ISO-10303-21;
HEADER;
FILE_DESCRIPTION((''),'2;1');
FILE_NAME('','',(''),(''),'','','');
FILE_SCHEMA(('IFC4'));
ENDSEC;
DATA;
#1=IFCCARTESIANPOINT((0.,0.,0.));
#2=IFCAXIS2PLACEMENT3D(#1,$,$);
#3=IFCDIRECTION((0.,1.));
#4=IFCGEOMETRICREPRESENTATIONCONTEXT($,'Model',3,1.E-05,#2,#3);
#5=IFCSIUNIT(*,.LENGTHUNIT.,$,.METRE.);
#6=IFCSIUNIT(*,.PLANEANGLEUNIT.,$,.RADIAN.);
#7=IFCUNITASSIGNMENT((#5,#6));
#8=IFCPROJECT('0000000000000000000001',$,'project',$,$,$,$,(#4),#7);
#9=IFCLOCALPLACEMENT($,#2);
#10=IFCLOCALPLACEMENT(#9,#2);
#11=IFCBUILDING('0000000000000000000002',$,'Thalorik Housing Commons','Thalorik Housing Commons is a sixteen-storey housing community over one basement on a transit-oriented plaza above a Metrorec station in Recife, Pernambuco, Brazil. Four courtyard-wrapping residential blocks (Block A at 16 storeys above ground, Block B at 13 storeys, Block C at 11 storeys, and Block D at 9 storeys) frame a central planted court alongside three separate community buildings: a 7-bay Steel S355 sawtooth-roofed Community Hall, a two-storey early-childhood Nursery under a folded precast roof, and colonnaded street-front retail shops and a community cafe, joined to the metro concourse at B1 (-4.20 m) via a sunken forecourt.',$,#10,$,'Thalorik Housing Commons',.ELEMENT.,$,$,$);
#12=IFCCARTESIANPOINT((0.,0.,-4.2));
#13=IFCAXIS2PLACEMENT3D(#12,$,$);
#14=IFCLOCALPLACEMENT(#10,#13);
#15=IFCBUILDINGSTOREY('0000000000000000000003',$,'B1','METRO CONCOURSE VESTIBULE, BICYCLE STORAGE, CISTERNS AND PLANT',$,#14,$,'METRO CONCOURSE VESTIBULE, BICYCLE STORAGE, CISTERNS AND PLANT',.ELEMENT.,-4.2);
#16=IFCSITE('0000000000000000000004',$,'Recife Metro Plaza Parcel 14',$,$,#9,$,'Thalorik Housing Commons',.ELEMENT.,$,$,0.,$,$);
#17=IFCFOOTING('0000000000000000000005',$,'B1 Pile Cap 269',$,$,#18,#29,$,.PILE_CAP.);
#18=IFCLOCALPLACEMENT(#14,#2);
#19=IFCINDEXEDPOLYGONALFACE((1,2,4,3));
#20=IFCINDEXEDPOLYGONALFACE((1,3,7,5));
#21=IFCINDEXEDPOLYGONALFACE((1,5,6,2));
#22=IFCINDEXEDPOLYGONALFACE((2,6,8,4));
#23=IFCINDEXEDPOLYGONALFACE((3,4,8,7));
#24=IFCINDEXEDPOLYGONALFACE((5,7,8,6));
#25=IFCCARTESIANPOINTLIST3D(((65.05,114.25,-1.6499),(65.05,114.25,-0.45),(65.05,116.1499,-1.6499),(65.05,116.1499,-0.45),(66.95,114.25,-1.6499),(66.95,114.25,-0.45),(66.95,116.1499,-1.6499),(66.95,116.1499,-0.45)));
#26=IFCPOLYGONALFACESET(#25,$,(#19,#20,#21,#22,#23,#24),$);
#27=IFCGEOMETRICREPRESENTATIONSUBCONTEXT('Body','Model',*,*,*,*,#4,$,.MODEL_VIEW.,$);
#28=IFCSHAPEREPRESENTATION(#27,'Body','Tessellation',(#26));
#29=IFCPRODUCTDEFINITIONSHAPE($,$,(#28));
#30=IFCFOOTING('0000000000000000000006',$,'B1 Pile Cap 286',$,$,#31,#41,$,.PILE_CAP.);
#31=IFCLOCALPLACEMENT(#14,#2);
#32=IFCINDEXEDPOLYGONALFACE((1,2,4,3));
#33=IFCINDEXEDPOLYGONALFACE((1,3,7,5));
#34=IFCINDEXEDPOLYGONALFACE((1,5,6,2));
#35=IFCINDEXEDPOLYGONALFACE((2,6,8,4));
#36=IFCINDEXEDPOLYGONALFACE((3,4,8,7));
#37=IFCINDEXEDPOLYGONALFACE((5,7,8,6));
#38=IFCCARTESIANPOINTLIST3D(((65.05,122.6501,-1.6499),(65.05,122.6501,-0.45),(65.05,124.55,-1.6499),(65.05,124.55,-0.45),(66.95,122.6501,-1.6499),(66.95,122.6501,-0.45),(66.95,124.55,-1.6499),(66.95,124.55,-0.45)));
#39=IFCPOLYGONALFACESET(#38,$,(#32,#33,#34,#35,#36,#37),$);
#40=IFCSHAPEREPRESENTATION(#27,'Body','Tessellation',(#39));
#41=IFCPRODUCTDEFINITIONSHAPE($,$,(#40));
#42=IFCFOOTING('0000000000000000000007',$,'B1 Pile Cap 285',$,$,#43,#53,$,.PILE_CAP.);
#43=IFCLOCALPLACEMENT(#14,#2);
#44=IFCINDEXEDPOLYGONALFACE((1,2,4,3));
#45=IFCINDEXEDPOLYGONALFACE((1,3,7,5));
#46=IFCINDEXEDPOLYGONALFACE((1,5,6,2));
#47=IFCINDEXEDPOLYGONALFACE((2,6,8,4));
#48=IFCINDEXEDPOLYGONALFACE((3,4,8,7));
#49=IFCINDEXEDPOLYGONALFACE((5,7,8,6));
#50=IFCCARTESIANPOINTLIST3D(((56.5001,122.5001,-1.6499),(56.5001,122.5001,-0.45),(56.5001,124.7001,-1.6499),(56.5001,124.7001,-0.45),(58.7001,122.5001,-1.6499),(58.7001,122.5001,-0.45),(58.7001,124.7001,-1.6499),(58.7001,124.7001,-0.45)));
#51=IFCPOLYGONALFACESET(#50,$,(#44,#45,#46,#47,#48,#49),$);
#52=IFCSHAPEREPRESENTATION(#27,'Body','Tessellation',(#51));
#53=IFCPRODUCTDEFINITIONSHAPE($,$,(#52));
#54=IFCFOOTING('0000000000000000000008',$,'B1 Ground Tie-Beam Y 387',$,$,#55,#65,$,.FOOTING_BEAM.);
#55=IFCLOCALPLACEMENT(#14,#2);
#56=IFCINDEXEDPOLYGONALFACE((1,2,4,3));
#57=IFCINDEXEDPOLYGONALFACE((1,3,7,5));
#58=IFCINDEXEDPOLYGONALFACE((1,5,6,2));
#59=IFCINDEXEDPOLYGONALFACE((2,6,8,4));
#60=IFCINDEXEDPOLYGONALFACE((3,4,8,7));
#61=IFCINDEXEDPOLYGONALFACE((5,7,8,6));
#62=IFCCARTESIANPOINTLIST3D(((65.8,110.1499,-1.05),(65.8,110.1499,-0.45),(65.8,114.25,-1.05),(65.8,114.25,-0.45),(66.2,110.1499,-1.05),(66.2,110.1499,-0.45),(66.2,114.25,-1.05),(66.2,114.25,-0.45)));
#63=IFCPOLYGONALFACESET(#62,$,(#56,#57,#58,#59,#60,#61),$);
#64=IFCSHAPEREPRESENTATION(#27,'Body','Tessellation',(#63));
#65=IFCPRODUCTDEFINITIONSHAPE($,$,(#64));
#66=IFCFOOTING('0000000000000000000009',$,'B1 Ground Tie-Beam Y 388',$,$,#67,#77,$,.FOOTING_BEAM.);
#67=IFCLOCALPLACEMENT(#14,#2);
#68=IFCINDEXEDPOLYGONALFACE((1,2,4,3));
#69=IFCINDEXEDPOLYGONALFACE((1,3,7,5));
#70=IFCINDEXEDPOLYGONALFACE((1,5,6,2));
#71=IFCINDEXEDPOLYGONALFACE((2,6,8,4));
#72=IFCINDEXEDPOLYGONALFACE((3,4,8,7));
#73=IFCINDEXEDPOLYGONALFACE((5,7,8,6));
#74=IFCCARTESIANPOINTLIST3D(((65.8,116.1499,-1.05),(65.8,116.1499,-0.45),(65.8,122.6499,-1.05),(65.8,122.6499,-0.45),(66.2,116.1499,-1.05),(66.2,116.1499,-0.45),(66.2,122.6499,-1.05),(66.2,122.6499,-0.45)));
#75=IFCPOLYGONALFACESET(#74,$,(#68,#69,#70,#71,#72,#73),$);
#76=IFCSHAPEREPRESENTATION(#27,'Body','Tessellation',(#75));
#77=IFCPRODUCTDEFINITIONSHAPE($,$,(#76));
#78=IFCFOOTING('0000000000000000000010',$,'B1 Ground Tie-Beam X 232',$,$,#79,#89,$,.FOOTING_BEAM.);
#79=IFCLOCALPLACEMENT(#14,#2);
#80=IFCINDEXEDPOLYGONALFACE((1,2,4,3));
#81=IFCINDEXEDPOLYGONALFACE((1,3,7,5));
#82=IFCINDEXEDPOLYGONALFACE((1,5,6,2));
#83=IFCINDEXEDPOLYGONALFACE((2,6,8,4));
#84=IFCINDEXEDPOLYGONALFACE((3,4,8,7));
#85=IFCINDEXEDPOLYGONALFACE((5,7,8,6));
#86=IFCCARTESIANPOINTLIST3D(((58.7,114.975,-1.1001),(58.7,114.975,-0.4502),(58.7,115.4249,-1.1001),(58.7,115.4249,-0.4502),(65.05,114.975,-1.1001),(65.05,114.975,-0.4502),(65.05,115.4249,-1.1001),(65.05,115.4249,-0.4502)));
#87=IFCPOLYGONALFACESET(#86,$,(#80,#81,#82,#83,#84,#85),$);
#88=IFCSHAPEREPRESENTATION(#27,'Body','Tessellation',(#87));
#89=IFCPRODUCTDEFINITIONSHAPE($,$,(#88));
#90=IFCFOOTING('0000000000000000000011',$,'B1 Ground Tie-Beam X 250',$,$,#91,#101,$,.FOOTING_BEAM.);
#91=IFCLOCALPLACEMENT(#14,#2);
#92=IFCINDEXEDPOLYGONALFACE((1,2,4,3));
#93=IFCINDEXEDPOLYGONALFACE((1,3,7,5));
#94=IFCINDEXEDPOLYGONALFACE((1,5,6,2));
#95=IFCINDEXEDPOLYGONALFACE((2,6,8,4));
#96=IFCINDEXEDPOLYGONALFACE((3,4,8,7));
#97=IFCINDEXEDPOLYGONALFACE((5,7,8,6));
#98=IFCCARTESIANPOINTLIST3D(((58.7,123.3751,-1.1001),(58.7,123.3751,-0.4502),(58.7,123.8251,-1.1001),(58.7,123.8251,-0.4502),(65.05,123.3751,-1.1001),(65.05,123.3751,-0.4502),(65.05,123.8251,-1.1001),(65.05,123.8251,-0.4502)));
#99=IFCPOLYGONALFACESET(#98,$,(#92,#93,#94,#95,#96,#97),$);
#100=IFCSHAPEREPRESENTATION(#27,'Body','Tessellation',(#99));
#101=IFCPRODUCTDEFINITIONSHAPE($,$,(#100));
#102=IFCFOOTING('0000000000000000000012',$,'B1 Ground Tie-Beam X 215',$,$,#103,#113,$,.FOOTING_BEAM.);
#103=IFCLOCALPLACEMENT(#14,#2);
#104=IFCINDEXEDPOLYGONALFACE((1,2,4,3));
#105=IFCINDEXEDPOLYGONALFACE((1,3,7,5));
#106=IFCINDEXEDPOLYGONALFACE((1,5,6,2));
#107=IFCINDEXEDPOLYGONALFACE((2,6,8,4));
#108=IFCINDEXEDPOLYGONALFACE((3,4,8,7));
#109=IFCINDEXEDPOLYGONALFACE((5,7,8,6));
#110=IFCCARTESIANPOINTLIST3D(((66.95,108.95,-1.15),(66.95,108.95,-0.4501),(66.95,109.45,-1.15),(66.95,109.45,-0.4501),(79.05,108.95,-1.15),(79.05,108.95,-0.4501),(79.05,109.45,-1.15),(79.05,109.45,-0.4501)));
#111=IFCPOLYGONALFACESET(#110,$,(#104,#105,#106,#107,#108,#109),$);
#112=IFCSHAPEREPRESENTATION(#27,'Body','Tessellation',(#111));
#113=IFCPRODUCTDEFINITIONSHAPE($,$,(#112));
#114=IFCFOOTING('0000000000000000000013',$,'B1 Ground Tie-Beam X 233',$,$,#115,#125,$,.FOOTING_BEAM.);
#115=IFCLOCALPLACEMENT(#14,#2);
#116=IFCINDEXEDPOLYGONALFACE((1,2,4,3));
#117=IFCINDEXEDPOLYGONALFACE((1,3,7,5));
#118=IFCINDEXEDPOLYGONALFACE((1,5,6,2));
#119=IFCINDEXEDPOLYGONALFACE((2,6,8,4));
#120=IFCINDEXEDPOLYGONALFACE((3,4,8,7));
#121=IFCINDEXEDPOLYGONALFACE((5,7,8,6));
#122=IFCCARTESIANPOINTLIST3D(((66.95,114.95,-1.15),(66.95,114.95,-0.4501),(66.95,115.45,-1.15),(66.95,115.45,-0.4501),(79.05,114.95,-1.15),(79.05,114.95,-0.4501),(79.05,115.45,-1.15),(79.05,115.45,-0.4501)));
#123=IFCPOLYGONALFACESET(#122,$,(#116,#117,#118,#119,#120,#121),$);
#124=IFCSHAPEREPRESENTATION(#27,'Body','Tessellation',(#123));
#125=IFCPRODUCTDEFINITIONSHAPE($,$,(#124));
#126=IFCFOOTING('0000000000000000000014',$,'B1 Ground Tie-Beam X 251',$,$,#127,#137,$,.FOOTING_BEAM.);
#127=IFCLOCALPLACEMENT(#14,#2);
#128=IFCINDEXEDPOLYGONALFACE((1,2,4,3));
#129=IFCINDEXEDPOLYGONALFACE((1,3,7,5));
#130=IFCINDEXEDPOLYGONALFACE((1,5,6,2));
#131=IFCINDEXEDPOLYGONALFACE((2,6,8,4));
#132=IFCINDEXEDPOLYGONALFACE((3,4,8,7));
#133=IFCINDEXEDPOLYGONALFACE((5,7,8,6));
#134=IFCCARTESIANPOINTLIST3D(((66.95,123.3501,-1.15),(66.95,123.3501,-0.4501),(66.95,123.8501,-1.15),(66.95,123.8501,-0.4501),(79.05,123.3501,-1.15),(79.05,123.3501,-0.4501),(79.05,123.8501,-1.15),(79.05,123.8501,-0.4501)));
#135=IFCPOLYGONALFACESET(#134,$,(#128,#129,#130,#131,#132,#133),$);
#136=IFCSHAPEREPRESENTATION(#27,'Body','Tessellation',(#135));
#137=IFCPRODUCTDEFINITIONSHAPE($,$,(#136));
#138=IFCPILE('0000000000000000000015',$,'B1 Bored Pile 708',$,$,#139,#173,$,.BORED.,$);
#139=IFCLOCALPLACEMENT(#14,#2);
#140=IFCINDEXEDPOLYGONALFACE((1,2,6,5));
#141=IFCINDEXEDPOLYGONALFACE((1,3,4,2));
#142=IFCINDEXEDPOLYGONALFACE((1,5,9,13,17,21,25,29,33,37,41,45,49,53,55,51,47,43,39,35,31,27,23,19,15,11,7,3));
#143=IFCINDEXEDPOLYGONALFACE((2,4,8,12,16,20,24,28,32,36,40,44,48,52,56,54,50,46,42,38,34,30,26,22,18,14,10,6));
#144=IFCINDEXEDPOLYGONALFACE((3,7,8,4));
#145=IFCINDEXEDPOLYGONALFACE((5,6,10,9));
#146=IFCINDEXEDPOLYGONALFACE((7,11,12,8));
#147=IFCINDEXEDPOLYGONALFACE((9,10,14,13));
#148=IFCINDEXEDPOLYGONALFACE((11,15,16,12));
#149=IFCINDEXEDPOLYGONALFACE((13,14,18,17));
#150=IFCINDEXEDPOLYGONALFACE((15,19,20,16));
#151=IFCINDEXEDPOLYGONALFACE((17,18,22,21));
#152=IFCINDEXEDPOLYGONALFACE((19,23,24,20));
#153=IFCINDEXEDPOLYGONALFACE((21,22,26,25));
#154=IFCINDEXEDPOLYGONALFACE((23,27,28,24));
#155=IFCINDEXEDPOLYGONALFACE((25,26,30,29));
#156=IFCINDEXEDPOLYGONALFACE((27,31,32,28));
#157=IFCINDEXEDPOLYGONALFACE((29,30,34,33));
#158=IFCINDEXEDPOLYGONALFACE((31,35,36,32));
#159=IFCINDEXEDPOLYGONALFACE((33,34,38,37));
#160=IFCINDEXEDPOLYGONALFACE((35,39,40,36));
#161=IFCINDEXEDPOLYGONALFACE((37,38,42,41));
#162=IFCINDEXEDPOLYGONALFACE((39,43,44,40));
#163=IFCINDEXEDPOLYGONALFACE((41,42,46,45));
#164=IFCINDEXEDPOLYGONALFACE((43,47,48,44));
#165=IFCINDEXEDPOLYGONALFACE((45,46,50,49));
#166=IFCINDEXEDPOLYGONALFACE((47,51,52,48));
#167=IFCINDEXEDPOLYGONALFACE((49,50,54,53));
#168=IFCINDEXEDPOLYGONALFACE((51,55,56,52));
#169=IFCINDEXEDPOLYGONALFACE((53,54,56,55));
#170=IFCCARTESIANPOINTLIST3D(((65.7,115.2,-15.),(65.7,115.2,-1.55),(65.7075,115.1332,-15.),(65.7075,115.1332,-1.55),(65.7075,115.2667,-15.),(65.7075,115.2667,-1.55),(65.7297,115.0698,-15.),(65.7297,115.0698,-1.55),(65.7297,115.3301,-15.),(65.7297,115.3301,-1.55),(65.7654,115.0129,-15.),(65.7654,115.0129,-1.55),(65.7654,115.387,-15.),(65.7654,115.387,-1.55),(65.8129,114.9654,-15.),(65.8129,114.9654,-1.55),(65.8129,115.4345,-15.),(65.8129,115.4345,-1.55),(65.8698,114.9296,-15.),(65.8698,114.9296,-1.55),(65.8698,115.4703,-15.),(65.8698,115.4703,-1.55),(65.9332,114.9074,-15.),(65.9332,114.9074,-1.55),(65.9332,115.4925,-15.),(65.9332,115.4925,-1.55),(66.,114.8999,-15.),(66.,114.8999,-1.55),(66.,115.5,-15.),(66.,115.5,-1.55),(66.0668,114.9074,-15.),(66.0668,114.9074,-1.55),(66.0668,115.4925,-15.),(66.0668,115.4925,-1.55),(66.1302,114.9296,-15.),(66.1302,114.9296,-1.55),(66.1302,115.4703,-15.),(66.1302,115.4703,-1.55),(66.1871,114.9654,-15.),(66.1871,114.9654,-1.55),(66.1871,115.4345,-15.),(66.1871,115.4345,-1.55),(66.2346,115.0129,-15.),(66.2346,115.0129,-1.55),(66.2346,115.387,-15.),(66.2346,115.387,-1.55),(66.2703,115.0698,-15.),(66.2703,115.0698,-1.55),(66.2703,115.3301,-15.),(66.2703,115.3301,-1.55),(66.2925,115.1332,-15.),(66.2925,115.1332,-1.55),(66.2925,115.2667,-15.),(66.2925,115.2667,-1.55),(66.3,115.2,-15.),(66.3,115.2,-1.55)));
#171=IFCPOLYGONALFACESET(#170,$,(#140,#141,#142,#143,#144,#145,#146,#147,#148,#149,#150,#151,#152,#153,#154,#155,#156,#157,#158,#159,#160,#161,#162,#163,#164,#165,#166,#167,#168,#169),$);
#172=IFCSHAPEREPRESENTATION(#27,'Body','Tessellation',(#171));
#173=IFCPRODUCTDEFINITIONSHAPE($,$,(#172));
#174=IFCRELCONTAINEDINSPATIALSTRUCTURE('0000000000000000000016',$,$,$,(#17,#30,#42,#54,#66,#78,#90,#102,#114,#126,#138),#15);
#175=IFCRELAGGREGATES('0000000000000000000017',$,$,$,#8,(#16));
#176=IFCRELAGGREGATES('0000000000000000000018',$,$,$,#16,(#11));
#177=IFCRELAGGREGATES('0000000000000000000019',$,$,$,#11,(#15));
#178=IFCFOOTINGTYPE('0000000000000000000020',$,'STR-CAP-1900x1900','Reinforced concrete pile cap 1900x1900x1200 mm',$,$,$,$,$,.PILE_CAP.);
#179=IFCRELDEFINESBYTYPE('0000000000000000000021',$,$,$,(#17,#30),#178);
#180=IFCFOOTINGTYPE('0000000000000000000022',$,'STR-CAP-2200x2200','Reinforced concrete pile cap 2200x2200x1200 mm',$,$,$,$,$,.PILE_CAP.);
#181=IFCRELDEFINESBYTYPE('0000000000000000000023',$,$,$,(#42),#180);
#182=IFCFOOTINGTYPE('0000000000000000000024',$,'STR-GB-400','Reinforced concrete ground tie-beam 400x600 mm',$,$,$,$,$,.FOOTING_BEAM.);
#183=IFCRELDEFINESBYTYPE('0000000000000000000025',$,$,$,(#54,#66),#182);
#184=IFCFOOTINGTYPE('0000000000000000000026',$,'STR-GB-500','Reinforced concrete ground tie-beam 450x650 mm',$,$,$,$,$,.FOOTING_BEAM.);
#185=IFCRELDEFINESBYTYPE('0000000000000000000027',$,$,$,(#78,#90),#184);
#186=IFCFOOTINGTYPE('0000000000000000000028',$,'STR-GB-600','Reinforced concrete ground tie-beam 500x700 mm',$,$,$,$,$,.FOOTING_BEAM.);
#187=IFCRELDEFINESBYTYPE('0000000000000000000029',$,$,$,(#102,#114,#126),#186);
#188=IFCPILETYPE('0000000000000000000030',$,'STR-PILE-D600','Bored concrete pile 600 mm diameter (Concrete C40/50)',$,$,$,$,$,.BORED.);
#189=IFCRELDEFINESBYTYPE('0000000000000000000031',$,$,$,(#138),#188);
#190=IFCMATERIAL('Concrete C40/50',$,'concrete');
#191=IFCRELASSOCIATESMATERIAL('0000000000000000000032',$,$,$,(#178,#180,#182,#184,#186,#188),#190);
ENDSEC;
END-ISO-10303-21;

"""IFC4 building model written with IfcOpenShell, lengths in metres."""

from ifc_helpers import new_model, si_unit, direction, frame, origin, origin_2d, place, context, subcontext, project, spatial, rectangle, circle, extrude, material, material_profile, profile_set, type_object, element, save


model = new_model("IFC4")

# Units and contexts
model_context = context("Model", 3, precision=1e-05, world=origin(), true_north=direction((0.0, 1.0)))
body_context = subcontext(model_context, "Body", "Model", "MODEL_VIEW")
ifc_project = project(units=[si_unit("LENGTHUNIT", "METRE"), si_unit("PLANEANGLEUNIT", "RADIAN")], contexts=[model_context])

# Site, building, storey
site_placement = place(None, origin())
site = spatial("IfcSite", under=ifc_project, at=site_placement, Name="Recife Metro Plaza Parcel 14", LongName="Thalorik Housing Commons", CompositionType="ELEMENT", RefElevation=0.0)
building_placement = place(site_placement, origin())
building = spatial("IfcBuilding", under=site, at=building_placement, Name="Thalorik Housing Commons", Description="Thalorik Housing Commons is a sixteen-storey housing community over one basement on a transit-oriented plaza above a Metrorec station in Recife, Pernambuco, Brazil. Four courtyard-wrapping residential blocks (Block A at 16 storeys above ground, Block B at 13 storeys, Block C at 11 storeys, and Block D at 9 storeys) frame a central planted court alongside three separate community buildings: a 7-bay Steel S355 sawtooth-roofed Community Hall, a two-storey early-childhood Nursery under a folded precast roof, and colonnaded street-front retail shops and a community cafe, joined to the metro concourse at B1 (-4.20 m) via a sunken forecourt.", LongName="Thalorik Housing Commons", CompositionType="ELEMENT")
storey_placement = place(building_placement, frame((0.0, 0.0, -4.2)))
storey = spatial("IfcBuildingStorey", under=building, at=storey_placement, Name="B1", Description="METRO CONCOURSE VESTIBULE, BICYCLE STORAGE, CISTERNS AND PLANT", LongName="METRO CONCOURSE VESTIBULE, BICYCLE STORAGE, CISTERNS AND PLANT", CompositionType="ELEMENT", Elevation=-4.2)

# Footings
ifc_material_1 = material(Name="Concrete C40/50", Category="concrete")
footing_type_1 = type_object("IfcFootingType", Name="STR-CAP-1900x1900", Description="Reinforced concrete pile cap 1900x1900x1200 mm", PredefinedType="PILE_CAP", material=ifc_material_1)
for number, where, z_axis, x_axis, name in (
    (1, (66.0, 115.2, -1.6499), (0.0, 0.0, 1.0), (1.0, 0.0, 0.0), "B1 Pile Cap 269"),
    (2, (66.0, 123.6001, -1.6499), (0.0, 0.0, 1.0), (1.0, 0.0, 0.0), "B1 Pile Cap 286"),
):
    element("IfcFooting", number, at=place(storey_placement, frame(where, z_axis=z_axis, x_axis=x_axis)), inside=storey, type_object=footing_type_1, Name=name, PredefinedType="PILE_CAP", context=body_context, shape_type="SweptSolid", body=[
        extrude(rectangle(XDim=1.8999, YDim=1.8999, at=origin_2d()), origin(), (0.0, 0.0, 1.0), 1.2),
    ])
footing_type_2 = type_object("IfcFootingType", Name="STR-CAP-2200x2200", Description="Reinforced concrete pile cap 2200x2200x1200 mm", PredefinedType="PILE_CAP", material=ifc_material_1)
footing_1_placement = place(storey_placement, frame((57.6001, 123.6001, -1.6499), z_axis=(0.0, 0.0, 1.0), x_axis=(1.0, 0.0, 0.0)))
element("IfcFooting", 3, at=footing_1_placement, inside=storey, type_object=footing_type_2, Name="B1 Pile Cap 285", PredefinedType="PILE_CAP", context=body_context, shape_type="SweptSolid", body=[
    extrude(rectangle(XDim=2.2, YDim=2.2, at=origin_2d()), origin(), (0.0, 0.0, 1.0), 1.2),
])
ifc_material_profile_1 = material_profile(ifc_material_1, rectangle(XDim=0.3999, YDim=0.6001, at=origin_2d()), Name="RC 400x600", Category="concrete")
ifc_profile_set_1 = profile_set([ifc_material_profile_1], Name="Concrete C40/50")
footing_type_3 = type_object("IfcFootingType", Name="STR-GB-400", Description="Reinforced concrete ground tie-beam 400x600 mm", PredefinedType="FOOTING_BEAM", material=ifc_profile_set_1)
footing_2_placement = place(storey_placement, frame((66.0, 110.1499, -0.75), z_axis=(0.0, 1.0, 0.0), x_axis=(-1.0, 0.0, 0.0)))
element("IfcFooting", 4, at=footing_2_placement, inside=storey, type_object=footing_type_3, Name="B1 Ground Tie-Beam Y 387", PredefinedType="FOOTING_BEAM", context=body_context, shape_type="SweptSolid", body=[
    extrude(rectangle(XDim=0.3999, YDim=0.6001, at=origin_2d()), origin(), (0.0, 0.0, 1.0), 4.1001),
])
footing_3_placement = place(storey_placement, frame((66.0, 116.1499, -0.75), z_axis=(0.0, 1.0, 0.0), x_axis=(-1.0, 0.0, 0.0)))
element("IfcFooting", 5, at=footing_3_placement, inside=storey, type_object=footing_type_3, Name="B1 Ground Tie-Beam Y 388", PredefinedType="FOOTING_BEAM", context=body_context, shape_type="SweptSolid", body=[
    extrude(rectangle(XDim=0.3999, YDim=0.6001, at=origin_2d()), origin(), (0.0, 0.0, 1.0), 6.5),
])
ifc_material_profile_2 = material_profile(ifc_material_1, rectangle(XDim=0.45, YDim=0.6499, at=origin_2d()), Name="RC 450x650", Category="concrete")
ifc_profile_set_2 = profile_set([ifc_material_profile_2], Name="Concrete C40/50")
footing_type_4 = type_object("IfcFootingType", Name="STR-GB-500", Description="Reinforced concrete ground tie-beam 450x650 mm", PredefinedType="FOOTING_BEAM", material=ifc_profile_set_2)
for number, where, z_axis, x_axis, name in (
    (6, (58.7, 115.2, -0.7751), (1.0, 0.0, 0.0), (0.0, 1.0, 0.0), "B1 Ground Tie-Beam X 232"),
    (7, (58.7, 123.6001, -0.7751), (1.0, 0.0, 0.0), (0.0, 1.0, 0.0), "B1 Ground Tie-Beam X 250"),
):
    element("IfcFooting", number, at=place(storey_placement, frame(where, z_axis=z_axis, x_axis=x_axis)), inside=storey, type_object=footing_type_4, Name=name, PredefinedType="FOOTING_BEAM", context=body_context, shape_type="SweptSolid", body=[
        extrude(rectangle(XDim=0.45, YDim=0.6499, at=origin_2d()), origin(), (0.0, 0.0, 1.0), 6.3501),
    ])
ifc_material_profile_3 = material_profile(ifc_material_1, rectangle(XDim=0.5, YDim=0.7, at=origin_2d()), Name="RC 500x700", Category="concrete")
ifc_profile_set_3 = profile_set([ifc_material_profile_3], Name="Concrete C40/50")
footing_type_5 = type_object("IfcFootingType", Name="STR-GB-600", Description="Reinforced concrete ground tie-beam 500x700 mm", PredefinedType="FOOTING_BEAM", material=ifc_profile_set_3)
for number, where, z_axis, x_axis, name in (
    (8, (66.95, 109.2, -0.8), (1.0, 0.0, 0.0), (0.0, 1.0, 0.0), "B1 Ground Tie-Beam X 215"),
    (9, (66.95, 115.2, -0.8), (1.0, 0.0, 0.0), (0.0, 1.0, 0.0), "B1 Ground Tie-Beam X 233"),
    (10, (66.95, 123.6001, -0.8), (1.0, 0.0, 0.0), (0.0, 1.0, 0.0), "B1 Ground Tie-Beam X 251"),
):
    element("IfcFooting", number, at=place(storey_placement, frame(where, z_axis=z_axis, x_axis=x_axis)), inside=storey, type_object=footing_type_5, Name=name, PredefinedType="FOOTING_BEAM", context=body_context, shape_type="SweptSolid", body=[
        extrude(rectangle(XDim=0.5, YDim=0.7, at=origin_2d()), origin(), (0.0, 0.0, 1.0), 12.1001),
    ])

# Pile
ifc_material_profile_4 = material_profile(ifc_material_1, circle(Radius=0.3, at=origin_2d()), Name="BORED PILE D600", Category="concrete")
ifc_profile_set_4 = profile_set([ifc_material_profile_4], Name="Concrete C40/50")
pile_type = type_object("IfcPileType", Name="STR-PILE-D600", Description="Bored concrete pile 600 mm diameter (Concrete C40/50)", PredefinedType="BORED", material=ifc_profile_set_4)
for number, where, z_axis, x_axis, name in (
    (11, (66.0, 115.2, -1.55), (0.0, 0.0, -1.0), (1.0, 0.0, 0.0), "B1 Bored Pile 708"),
):
    element("IfcPile", number, at=place(storey_placement, frame(where, z_axis=z_axis, x_axis=x_axis)), inside=storey, type_object=pile_type, Name=name, PredefinedType="BORED", context=body_context, shape_type="SweptSolid", body=[
        extrude(circle(Radius=0.3, at=origin_2d()), origin(), (0.0, 0.0, 1.0), 13.45),
    ])

save(model, "model.ifc")
